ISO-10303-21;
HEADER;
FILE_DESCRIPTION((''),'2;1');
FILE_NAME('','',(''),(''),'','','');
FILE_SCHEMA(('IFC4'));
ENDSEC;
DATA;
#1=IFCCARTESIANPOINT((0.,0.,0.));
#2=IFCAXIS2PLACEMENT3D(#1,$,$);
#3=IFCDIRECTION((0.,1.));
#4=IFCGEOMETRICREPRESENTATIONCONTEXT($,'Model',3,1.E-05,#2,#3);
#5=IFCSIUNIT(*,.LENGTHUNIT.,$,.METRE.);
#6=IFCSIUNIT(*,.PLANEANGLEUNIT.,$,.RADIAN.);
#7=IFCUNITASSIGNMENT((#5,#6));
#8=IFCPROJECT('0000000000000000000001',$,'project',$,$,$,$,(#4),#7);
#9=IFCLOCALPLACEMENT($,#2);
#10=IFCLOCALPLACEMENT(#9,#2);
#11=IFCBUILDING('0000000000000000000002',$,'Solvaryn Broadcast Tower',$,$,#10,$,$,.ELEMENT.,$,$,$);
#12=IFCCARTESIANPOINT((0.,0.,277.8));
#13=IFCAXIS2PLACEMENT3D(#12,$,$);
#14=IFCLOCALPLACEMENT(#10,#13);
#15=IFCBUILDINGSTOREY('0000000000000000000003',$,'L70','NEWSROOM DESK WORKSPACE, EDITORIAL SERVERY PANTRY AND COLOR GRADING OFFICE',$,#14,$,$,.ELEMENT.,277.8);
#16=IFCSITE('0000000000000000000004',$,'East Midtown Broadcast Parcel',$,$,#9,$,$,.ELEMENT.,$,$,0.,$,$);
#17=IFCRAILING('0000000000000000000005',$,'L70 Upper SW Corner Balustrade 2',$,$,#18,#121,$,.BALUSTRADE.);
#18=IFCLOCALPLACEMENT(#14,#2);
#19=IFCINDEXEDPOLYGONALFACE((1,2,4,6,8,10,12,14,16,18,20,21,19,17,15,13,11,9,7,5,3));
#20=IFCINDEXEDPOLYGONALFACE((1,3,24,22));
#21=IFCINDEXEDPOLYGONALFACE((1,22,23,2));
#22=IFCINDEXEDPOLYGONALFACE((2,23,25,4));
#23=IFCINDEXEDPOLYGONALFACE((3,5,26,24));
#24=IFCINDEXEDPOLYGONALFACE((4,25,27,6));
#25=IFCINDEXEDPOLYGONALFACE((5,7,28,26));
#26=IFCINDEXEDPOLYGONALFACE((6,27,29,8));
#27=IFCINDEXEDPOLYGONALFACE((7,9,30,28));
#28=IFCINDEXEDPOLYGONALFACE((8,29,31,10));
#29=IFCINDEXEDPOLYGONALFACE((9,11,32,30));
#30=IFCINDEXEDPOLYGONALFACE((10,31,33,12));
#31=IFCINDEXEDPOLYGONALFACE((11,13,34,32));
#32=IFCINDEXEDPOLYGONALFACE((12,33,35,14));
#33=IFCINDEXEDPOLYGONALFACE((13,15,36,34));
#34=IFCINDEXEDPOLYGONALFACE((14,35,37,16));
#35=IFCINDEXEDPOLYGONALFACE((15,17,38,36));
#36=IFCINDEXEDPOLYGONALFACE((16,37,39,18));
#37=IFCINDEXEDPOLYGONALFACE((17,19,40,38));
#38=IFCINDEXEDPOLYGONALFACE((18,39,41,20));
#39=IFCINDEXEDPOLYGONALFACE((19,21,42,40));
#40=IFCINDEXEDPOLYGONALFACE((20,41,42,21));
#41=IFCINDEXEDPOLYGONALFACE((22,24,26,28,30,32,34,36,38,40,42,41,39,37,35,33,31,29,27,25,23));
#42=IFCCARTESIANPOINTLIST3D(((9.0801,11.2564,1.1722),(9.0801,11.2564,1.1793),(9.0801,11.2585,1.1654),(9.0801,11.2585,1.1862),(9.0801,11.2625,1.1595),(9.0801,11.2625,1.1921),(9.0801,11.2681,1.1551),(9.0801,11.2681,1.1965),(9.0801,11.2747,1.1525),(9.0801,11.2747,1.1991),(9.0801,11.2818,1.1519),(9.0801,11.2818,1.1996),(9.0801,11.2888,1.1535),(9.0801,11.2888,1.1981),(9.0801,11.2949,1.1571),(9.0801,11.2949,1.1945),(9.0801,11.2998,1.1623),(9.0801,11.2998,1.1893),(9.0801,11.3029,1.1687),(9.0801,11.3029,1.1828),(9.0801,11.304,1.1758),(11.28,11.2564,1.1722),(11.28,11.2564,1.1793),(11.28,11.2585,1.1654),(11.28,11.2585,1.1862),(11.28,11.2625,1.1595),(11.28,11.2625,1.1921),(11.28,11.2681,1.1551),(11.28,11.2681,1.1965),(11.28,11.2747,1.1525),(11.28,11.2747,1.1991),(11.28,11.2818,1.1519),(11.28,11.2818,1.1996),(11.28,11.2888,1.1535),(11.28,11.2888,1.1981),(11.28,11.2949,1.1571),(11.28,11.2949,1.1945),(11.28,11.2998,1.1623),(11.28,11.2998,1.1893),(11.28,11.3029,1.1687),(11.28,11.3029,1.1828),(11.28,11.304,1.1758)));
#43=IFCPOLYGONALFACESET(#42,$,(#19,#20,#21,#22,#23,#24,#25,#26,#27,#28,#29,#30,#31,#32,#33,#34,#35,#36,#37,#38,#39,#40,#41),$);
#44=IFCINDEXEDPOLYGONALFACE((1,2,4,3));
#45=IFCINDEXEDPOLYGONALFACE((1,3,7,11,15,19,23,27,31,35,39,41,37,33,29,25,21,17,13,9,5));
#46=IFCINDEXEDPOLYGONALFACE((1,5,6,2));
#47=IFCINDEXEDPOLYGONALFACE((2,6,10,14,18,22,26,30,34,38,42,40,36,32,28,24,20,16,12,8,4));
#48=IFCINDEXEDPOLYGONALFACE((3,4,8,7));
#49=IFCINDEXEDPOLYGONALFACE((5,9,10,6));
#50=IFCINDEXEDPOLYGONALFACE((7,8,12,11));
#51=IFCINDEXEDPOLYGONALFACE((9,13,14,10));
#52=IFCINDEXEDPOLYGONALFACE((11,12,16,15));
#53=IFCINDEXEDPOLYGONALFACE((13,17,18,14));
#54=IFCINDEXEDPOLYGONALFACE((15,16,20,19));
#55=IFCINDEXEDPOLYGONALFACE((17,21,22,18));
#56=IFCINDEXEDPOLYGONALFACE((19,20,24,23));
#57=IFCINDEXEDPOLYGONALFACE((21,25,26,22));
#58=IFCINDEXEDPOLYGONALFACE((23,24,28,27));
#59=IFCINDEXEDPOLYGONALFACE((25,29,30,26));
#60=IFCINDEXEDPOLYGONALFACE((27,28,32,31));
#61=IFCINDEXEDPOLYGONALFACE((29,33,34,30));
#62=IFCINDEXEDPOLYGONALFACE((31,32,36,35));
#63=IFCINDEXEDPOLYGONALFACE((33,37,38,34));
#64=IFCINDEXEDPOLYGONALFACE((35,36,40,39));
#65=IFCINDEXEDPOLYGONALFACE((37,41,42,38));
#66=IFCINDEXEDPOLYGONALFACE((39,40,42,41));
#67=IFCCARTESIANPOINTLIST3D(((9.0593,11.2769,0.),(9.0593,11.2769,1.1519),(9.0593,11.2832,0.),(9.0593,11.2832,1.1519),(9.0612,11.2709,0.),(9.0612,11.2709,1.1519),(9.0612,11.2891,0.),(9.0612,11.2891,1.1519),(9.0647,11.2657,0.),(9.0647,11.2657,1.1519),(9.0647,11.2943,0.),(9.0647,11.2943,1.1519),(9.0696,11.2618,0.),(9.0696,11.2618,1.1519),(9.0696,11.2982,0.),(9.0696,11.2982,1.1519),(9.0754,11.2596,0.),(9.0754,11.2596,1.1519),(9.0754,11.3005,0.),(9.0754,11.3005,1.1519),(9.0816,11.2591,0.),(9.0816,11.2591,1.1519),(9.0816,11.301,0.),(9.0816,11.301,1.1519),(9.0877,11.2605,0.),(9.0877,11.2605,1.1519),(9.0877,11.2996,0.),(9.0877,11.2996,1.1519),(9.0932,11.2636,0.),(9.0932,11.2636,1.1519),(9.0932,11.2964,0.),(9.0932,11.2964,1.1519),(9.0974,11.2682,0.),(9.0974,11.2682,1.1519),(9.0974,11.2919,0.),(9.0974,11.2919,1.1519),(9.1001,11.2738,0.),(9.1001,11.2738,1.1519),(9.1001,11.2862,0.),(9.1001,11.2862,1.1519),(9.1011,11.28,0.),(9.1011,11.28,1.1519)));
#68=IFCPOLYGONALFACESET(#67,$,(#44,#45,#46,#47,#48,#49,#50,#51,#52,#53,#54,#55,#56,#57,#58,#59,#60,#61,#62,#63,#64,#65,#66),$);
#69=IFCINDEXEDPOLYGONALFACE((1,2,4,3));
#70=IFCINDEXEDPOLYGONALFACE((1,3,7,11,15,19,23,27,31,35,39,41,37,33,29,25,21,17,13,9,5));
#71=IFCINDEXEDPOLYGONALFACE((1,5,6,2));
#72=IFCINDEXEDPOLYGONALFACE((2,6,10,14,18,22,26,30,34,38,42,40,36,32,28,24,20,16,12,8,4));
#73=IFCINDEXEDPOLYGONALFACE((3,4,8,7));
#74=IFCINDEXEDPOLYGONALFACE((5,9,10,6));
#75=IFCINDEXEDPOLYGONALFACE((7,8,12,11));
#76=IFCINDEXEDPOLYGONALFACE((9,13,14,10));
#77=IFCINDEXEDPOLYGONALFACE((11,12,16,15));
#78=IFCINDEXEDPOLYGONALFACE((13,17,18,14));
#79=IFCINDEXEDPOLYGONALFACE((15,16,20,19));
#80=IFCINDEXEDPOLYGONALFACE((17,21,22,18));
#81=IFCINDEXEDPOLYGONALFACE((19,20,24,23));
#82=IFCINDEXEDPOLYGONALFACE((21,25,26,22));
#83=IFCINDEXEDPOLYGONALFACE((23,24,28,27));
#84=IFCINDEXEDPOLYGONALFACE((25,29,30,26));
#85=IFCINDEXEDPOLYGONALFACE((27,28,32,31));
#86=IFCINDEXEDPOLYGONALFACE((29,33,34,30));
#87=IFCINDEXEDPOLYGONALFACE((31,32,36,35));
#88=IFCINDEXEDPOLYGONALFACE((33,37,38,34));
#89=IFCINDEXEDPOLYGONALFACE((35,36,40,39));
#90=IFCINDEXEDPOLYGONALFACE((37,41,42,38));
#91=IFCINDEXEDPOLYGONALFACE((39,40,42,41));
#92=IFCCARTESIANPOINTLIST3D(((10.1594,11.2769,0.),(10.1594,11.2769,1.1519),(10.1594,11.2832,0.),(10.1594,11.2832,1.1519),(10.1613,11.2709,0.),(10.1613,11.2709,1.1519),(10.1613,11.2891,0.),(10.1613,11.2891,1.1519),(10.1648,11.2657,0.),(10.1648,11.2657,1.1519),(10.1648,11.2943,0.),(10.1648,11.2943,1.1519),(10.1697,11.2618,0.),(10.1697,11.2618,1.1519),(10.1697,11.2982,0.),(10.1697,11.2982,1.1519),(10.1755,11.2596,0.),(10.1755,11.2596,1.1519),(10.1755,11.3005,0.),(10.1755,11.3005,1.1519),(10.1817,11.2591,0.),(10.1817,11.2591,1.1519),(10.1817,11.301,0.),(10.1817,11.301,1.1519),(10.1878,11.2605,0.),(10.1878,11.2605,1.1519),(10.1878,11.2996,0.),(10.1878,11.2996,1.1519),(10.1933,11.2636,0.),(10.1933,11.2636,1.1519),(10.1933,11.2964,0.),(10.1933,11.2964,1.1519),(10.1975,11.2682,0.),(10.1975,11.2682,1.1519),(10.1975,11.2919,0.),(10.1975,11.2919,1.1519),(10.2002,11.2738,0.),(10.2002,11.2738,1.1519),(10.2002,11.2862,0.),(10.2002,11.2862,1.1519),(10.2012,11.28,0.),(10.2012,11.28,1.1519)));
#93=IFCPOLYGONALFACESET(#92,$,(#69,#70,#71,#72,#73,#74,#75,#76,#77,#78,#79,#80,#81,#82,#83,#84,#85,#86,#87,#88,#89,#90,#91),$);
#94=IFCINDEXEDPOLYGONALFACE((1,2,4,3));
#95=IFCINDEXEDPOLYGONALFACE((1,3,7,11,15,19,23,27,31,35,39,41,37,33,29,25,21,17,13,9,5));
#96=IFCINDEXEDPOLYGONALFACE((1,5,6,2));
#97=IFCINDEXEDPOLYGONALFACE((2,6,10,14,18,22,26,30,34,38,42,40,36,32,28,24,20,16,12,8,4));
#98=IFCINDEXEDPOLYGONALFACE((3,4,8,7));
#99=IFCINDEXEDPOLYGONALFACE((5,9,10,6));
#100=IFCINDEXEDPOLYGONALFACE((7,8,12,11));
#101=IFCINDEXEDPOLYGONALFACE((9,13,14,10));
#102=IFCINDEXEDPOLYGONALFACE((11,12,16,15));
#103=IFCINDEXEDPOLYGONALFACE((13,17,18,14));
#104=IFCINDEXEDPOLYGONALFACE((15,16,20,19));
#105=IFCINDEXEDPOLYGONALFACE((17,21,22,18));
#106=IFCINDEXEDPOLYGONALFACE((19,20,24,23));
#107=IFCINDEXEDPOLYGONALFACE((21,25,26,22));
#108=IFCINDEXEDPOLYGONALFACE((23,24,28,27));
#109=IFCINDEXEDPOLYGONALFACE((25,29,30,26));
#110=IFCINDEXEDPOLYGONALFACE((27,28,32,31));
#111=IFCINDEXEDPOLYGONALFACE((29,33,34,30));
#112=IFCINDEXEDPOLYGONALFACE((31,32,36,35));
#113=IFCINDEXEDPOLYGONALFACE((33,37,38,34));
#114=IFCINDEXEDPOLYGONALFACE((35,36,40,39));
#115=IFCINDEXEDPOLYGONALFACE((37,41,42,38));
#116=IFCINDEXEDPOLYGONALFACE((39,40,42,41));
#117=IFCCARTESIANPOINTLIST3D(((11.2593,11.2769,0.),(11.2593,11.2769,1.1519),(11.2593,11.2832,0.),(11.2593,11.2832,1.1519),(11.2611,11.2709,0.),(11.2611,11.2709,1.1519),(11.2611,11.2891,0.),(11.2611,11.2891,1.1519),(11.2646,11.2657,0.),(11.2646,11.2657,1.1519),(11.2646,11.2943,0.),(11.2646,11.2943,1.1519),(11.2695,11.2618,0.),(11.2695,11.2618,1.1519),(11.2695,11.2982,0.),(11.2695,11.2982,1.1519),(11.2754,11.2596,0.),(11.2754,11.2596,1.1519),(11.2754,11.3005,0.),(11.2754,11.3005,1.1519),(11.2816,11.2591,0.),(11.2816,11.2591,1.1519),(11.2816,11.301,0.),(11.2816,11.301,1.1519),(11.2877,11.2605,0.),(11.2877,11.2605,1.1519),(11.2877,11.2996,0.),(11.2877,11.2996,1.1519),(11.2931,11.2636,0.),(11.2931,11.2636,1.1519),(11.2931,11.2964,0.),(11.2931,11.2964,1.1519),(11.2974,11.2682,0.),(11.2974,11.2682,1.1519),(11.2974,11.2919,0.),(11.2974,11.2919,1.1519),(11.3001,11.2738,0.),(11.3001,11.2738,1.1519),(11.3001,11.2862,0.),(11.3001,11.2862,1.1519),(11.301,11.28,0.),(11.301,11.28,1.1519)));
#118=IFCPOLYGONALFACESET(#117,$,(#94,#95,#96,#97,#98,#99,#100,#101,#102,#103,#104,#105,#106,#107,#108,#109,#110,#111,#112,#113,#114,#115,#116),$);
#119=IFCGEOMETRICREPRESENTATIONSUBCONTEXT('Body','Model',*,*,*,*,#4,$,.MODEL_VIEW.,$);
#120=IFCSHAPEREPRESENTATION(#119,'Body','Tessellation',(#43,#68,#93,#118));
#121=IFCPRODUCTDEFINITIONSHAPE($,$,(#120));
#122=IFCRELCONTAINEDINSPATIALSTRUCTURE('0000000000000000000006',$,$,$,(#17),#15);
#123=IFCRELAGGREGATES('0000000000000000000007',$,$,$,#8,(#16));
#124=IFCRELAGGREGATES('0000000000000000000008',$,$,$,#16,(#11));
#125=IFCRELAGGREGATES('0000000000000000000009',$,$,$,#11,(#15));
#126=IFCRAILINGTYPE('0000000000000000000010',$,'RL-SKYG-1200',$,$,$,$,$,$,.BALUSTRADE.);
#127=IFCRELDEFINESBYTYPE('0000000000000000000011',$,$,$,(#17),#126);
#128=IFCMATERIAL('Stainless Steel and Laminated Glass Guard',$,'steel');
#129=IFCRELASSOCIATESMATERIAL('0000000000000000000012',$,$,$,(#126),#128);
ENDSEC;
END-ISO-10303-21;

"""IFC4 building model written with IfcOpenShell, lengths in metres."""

from ifc_helpers import new_model, si_unit, direction, frame, origin, origin_2d, place, context, subcontext, project, spatial, circle, extrude, material, type_object, element, save


model = new_model("IFC4")

# Units and contexts
model_context = context("Model", 3, precision=1e-05, world=origin(), true_north=direction((0.0, 1.0)))
body_context = subcontext(model_context, "Body", "Model", "MODEL_VIEW")
ifc_project = project(units=[si_unit("LENGTHUNIT", "METRE"), si_unit("PLANEANGLEUNIT", "RADIAN")], contexts=[model_context])

# Site, building, storey
site_placement = place(None, origin())
site = spatial("IfcSite", under=ifc_project, at=site_placement, Name="East Midtown Broadcast Parcel", CompositionType="ELEMENT", RefElevation=0.0)
building_placement = place(site_placement, origin())
building = spatial("IfcBuilding", under=site, at=building_placement, Name="Solvaryn Broadcast Tower", CompositionType="ELEMENT")
storey_placement = place(building_placement, frame((0.0, 0.0, 277.8)))
storey = spatial("IfcBuildingStorey", under=building, at=storey_placement, Name="L70", Description="NEWSROOM DESK WORKSPACE, EDITORIAL SERVERY PANTRY AND COLOR GRADING OFFICE", CompositionType="ELEMENT", Elevation=277.8)

# Railing
ifc_material_1 = material(Name="Stainless Steel and Laminated Glass Guard", Category="steel")
railing_type = type_object("IfcRailingType", Name="RL-SKYG-1200", PredefinedType="BALUSTRADE", material=ifc_material_1)
railing_1_placement = place(storey_placement, frame((9.0801, 11.28, 0.0)))
element("IfcRailing", 1, at=railing_1_placement, inside=storey, type_object=railing_type, Name="L70 Upper SW Corner Balustrade 2", PredefinedType="BALUSTRADE", context=body_context, shape_type="SweptSolid", body=[
    extrude(circle(Radius=0.0239, at=origin_2d()), frame((0.0, 0.0, 1.1758), z_axis=(1.0, 0.0, 0.0), x_axis=(0.0, 1.0, 0.0)), (0.0, 0.0, 1.0), 2.2),
    extrude(circle(Radius=0.021, at=origin_2d()), origin(), (0.0, 0.0, 1.0), 1.1519),
    extrude(circle(Radius=0.021, at=origin_2d()), frame((1.1001, 0.0, 0.0)), (0.0, 0.0, 1.0), 1.1519),
    extrude(circle(Radius=0.021, at=origin_2d()), frame((2.2, 0.0, 0.0)), (0.0, 0.0, 1.0), 1.1519),
])

save(model, "model.ifc")
